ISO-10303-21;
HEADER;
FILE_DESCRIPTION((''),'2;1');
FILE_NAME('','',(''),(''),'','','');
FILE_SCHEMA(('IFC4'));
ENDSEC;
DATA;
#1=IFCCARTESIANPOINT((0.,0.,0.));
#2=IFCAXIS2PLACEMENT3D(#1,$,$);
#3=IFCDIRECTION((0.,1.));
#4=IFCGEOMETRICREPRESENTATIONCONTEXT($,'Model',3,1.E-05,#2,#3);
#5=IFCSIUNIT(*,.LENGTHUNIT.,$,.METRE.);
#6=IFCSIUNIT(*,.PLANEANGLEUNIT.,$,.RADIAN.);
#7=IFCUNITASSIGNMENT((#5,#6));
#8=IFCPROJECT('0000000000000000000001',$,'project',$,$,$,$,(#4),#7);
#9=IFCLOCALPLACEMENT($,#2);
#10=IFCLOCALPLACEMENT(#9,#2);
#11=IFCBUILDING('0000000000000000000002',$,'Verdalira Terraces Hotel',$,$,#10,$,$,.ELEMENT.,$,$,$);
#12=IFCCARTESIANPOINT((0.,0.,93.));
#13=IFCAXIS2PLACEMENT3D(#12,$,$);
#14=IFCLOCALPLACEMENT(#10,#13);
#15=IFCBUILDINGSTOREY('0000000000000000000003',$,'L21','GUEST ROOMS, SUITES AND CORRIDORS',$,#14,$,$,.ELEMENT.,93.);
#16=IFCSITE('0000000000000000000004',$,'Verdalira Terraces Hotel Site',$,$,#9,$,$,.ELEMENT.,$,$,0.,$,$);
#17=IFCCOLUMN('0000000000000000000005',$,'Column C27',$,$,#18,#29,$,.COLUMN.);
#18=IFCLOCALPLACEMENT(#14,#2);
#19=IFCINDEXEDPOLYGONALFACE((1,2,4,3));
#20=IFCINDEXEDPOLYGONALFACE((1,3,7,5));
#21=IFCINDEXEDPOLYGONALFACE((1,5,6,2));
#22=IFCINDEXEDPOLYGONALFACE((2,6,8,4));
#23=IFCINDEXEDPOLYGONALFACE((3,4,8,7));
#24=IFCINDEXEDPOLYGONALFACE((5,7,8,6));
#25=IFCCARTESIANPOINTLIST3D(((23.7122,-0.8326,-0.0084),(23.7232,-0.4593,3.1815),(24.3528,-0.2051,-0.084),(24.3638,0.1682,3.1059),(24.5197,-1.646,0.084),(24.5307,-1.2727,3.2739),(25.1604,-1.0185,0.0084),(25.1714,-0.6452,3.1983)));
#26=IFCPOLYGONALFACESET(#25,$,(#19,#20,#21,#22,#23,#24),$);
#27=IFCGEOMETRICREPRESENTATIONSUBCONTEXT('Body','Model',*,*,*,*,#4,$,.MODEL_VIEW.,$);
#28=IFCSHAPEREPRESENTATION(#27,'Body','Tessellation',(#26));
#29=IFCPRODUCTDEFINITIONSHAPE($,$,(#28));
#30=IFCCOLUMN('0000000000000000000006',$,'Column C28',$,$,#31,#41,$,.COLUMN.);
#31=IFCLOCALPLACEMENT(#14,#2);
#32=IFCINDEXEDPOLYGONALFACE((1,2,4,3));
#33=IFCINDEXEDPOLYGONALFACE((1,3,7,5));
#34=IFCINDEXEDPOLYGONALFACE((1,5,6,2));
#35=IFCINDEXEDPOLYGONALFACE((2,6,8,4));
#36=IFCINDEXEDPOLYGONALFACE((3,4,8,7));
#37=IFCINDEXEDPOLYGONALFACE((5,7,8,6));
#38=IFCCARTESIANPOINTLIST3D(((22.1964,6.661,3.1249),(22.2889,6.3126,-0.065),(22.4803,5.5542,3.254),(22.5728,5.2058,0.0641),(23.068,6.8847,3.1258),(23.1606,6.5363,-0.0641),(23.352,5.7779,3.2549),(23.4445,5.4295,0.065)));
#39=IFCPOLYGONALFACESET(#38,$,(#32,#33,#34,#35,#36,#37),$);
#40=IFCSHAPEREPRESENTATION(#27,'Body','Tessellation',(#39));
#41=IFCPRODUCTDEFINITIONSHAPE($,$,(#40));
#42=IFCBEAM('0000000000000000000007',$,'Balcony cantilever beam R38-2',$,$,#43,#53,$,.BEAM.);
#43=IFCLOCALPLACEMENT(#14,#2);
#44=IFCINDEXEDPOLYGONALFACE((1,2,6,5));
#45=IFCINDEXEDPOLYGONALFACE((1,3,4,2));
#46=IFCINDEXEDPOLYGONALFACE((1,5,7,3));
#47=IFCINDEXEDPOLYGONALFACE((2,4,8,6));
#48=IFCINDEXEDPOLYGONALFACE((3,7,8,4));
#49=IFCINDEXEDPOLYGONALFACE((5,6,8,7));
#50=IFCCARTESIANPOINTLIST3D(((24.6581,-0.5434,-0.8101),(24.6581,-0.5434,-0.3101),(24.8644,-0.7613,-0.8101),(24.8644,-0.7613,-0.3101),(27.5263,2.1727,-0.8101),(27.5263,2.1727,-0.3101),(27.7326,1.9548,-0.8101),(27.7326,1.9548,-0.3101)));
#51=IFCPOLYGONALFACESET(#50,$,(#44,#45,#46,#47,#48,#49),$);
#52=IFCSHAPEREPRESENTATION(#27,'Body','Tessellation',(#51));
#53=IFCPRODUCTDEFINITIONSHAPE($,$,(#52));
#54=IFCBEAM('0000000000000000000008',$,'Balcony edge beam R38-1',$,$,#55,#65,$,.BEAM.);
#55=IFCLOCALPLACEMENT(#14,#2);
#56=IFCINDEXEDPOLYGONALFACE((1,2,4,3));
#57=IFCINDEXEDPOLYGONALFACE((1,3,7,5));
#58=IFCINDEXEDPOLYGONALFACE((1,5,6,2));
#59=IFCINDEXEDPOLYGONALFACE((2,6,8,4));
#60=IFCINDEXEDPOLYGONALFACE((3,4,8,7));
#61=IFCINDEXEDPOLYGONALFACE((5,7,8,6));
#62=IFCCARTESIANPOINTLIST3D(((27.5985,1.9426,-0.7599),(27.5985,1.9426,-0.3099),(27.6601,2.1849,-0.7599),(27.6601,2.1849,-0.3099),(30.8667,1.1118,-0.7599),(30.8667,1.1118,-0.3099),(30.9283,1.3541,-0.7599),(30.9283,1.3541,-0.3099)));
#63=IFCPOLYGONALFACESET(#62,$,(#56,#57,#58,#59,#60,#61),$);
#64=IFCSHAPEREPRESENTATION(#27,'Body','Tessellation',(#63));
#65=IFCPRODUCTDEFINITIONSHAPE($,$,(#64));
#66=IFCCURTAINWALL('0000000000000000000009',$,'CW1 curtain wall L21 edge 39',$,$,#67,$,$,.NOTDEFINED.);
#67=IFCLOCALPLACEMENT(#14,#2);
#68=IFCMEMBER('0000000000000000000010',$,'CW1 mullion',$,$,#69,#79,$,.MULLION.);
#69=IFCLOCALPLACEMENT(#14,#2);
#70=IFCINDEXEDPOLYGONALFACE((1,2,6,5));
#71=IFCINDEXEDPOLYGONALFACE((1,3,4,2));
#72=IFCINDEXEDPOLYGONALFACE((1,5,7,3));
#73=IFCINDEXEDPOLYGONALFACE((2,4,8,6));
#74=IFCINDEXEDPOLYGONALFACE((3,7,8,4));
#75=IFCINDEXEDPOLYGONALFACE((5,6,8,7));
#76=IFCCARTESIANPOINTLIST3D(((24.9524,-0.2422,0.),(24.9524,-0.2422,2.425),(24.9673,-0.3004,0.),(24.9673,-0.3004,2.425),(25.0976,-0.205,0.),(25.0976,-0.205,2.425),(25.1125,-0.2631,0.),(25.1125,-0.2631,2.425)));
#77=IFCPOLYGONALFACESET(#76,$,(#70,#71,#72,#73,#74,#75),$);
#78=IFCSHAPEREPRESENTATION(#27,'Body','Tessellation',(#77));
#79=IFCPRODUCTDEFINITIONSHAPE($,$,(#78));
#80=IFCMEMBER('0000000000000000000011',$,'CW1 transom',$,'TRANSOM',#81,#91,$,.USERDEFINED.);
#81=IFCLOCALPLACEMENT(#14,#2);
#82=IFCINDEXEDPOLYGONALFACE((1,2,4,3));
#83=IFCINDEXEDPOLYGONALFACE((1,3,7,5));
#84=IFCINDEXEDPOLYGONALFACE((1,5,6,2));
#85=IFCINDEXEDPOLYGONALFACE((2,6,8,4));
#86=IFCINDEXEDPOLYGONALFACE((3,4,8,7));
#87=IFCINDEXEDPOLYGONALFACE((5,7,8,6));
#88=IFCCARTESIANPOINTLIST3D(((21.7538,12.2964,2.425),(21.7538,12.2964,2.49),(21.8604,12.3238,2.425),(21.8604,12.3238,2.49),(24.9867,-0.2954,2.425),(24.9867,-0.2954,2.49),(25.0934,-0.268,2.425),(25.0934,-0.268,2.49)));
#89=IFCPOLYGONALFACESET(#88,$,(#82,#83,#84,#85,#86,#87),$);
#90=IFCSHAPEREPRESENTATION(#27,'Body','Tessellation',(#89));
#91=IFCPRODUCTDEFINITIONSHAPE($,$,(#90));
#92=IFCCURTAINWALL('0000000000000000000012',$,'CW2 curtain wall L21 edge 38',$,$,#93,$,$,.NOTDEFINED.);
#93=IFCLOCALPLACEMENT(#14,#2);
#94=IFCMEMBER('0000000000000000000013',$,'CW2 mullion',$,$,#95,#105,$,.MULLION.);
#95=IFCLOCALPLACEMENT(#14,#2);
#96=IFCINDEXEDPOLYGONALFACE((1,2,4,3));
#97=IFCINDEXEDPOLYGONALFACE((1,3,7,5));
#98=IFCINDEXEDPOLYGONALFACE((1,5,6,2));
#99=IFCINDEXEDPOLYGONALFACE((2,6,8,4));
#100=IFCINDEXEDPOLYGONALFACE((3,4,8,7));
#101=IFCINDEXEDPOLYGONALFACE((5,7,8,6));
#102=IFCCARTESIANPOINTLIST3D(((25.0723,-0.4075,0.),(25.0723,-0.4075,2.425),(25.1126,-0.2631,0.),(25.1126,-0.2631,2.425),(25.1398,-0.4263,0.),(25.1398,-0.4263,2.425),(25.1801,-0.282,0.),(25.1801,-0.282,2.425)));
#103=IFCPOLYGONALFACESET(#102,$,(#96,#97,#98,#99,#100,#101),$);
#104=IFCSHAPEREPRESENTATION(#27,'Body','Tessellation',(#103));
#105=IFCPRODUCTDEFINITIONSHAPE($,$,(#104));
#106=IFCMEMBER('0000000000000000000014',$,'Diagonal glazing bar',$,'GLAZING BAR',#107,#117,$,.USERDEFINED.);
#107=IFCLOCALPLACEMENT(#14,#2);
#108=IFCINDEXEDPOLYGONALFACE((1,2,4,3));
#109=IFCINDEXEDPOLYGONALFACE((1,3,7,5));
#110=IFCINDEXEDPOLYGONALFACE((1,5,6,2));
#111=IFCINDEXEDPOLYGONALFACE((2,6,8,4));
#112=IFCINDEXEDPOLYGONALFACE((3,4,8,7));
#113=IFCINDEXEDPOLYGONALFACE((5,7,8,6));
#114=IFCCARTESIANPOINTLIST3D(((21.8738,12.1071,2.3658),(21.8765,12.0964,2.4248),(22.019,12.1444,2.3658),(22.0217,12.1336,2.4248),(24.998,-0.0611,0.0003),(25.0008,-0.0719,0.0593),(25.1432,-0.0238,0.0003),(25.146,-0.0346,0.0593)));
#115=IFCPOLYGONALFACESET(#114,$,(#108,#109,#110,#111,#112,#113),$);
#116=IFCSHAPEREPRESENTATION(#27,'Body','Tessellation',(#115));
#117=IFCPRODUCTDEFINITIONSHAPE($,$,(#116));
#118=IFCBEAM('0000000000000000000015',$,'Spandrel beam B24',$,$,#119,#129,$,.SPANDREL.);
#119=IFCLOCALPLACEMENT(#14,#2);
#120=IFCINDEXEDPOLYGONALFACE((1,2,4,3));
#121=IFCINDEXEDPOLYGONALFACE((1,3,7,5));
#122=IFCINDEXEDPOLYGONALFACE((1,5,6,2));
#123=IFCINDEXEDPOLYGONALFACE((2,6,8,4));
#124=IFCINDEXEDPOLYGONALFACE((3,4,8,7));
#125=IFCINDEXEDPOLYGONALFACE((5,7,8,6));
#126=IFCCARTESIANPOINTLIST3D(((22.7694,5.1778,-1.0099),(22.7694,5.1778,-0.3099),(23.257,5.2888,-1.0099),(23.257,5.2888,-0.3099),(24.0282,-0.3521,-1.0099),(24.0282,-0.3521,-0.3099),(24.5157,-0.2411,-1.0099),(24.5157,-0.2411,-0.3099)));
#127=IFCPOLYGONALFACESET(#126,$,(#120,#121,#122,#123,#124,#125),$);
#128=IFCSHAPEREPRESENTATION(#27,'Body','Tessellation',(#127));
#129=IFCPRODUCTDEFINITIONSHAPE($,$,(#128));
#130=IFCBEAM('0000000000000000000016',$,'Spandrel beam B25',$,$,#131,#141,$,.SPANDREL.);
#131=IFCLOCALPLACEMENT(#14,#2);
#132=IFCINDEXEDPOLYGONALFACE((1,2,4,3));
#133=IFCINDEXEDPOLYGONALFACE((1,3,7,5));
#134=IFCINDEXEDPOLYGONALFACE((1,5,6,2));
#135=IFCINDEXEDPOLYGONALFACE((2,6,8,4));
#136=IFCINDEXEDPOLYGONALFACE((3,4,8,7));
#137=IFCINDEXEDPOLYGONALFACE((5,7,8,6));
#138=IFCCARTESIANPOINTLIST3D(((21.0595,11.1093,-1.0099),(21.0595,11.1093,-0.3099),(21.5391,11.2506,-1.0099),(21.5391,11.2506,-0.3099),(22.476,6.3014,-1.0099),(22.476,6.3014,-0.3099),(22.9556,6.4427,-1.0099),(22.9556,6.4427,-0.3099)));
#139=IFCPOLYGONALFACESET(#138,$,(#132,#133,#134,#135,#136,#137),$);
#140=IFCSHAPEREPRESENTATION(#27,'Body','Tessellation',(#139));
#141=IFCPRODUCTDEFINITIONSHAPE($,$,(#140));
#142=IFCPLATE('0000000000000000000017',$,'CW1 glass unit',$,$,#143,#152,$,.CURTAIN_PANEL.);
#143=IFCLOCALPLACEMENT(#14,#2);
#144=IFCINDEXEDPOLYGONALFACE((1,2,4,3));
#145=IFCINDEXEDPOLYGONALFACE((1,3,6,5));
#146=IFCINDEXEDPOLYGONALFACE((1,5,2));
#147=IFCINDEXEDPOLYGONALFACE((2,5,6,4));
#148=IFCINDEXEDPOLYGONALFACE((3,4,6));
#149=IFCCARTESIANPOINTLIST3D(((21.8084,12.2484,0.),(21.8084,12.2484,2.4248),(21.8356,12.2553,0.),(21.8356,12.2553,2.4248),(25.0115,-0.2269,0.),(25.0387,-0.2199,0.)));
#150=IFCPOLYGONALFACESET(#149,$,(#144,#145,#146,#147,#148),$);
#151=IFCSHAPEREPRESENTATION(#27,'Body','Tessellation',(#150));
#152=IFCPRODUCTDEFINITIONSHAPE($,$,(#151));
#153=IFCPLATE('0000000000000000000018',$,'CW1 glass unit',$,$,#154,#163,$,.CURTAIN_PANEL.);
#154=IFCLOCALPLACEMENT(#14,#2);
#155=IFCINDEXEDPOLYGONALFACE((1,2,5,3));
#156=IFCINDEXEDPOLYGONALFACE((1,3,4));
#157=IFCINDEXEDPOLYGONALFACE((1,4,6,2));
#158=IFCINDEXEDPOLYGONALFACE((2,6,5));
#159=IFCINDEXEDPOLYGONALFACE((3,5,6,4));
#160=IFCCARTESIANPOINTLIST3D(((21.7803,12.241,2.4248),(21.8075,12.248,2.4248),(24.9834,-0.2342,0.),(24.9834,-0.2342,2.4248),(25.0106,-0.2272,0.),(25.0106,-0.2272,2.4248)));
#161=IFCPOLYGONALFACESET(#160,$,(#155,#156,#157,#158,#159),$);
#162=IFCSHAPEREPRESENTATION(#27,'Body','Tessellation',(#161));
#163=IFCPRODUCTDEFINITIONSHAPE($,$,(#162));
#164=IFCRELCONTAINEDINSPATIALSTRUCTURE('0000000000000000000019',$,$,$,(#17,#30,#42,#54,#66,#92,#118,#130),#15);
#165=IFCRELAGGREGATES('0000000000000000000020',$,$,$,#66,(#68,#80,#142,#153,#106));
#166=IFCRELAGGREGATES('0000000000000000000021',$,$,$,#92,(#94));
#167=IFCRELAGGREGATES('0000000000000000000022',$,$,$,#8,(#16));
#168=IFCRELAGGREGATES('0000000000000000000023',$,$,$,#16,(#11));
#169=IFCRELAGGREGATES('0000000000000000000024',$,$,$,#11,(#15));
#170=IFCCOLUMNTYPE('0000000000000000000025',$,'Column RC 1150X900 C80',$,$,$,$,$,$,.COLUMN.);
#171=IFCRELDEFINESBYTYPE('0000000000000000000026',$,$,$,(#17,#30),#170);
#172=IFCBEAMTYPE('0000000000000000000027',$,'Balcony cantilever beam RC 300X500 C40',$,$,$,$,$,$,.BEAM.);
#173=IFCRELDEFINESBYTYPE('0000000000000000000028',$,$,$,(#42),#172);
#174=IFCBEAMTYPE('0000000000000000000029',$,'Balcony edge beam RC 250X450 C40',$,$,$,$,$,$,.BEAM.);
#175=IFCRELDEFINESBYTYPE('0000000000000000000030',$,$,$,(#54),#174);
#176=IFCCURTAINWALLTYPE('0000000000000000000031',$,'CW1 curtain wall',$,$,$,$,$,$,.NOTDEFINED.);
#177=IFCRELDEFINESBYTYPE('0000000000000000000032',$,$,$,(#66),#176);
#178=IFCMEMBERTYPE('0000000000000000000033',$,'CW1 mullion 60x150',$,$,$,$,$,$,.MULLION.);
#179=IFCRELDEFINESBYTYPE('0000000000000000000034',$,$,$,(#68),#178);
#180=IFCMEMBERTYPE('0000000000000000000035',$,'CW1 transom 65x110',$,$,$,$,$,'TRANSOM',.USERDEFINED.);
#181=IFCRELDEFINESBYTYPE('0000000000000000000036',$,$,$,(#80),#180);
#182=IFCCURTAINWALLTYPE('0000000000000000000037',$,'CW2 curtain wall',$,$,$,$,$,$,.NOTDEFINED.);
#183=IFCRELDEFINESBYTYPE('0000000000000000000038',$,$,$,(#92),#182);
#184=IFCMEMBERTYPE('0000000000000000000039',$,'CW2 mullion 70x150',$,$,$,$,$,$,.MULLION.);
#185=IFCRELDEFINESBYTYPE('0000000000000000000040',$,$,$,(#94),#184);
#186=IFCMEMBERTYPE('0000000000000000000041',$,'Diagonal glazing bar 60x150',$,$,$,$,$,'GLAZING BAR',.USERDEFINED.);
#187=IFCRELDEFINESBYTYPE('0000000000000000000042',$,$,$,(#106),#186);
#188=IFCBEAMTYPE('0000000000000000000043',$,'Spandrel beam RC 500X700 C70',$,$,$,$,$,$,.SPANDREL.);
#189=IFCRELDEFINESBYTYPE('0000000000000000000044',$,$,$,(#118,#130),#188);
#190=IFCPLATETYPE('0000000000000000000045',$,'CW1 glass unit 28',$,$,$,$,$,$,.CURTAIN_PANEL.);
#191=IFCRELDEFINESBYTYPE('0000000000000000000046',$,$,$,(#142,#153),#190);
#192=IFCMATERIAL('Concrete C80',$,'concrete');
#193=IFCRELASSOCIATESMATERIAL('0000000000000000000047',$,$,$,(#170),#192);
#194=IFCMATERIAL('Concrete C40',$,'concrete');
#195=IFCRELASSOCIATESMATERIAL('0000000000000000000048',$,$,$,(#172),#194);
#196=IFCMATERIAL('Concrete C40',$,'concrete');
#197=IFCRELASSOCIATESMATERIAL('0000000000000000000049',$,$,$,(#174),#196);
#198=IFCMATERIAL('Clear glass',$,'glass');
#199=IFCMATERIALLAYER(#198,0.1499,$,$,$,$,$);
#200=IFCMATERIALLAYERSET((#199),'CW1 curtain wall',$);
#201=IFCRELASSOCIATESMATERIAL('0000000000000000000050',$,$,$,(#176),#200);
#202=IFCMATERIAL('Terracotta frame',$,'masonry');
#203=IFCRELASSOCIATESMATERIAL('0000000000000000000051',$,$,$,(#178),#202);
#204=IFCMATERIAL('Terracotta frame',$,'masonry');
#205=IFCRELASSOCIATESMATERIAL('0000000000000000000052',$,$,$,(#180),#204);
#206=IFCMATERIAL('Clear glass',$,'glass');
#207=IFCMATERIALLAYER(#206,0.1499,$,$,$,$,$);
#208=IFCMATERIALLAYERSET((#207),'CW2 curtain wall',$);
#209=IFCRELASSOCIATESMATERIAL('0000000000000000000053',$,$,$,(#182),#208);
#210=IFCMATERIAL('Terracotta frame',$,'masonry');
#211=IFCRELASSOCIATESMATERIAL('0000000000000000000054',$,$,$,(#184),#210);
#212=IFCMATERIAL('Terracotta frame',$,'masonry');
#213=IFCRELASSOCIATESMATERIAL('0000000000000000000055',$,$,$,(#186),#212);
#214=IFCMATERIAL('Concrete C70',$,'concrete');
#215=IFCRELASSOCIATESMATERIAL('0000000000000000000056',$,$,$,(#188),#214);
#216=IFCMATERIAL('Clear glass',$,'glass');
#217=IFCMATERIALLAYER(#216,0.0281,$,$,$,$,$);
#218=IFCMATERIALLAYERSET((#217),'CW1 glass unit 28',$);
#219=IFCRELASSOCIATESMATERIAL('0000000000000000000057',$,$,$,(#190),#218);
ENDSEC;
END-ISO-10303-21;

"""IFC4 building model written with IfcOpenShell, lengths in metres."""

from ifc_helpers import new_model, si_unit, direction, frame, origin, origin_2d, place, context, subcontext, project, spatial, polyline, rectangle, outline, extrude, material, layer, layer_set, material_profile, profile_set, type_object, element, aggregate, save


model = new_model("IFC4")

# Units and contexts
model_context = context("Model", 3, precision=1e-05, world=origin(), true_north=direction((0.0, 1.0)))
body_context = subcontext(model_context, "Body", "Model", "MODEL_VIEW")
ifc_project = project(units=[si_unit("LENGTHUNIT", "METRE"), si_unit("PLANEANGLEUNIT", "RADIAN")], contexts=[model_context])

# Site, building, storey
site_placement = place(None, origin())
site = spatial("IfcSite", under=ifc_project, at=site_placement, Name="Verdalira Terraces Hotel Site", CompositionType="ELEMENT", RefElevation=0.0)
building_placement = place(site_placement, origin())
building = spatial("IfcBuilding", under=site, at=building_placement, Name="Verdalira Terraces Hotel", CompositionType="ELEMENT")
storey_placement = place(building_placement, frame((0.0, 0.0, 93.0)))
storey = spatial("IfcBuildingStorey", under=building, at=storey_placement, Name="L21", Description="GUEST ROOMS, SUITES AND CORRIDORS", CompositionType="ELEMENT", Elevation=93.0)

# Columns
ifc_material_1 = material(Name="Concrete C80", Category="concrete")
ifc_material_profile_1 = material_profile(ifc_material_1, rectangle(XDim=1.1499, YDim=0.8999, at=origin_2d()), Name="RC 1150X900")
ifc_profile_set_1 = profile_set([ifc_material_profile_1], Name="Concrete C80")
column_type = type_object("IfcColumnType", Name="Column RC 1150X900 C80", PredefinedType="COLUMN", material=ifc_profile_set_1)
column_1_placement = place(storey_placement, frame((24.4363, -0.9255, 0.0), z_axis=(0.003421, 0.116227, 0.993217), x_axis=(0.702265, -0.707366, 0.080358)))
element("IfcColumn", 1, at=column_1_placement, inside=storey, type_object=column_type, Name="Column C27", PredefinedType="COLUMN", context=body_context, shape_type="SweptSolid", body=[
    extrude(rectangle(XDim=1.1499, YDim=0.8999, at=origin_2d()), origin(), (0.0, 0.0, 1.0), 3.2117),
])
column_2_placement = place(storey_placement, frame((22.8667, 5.8711, 0.0), z_axis=(-0.028823, 0.108524, 0.993676), x_axis=(-0.246911, 0.962511, -0.112282)))
element("IfcColumn", 2, at=column_2_placement, inside=storey, type_object=column_type, Name="Column C28", PredefinedType="COLUMN", context=body_context, shape_type="SweptSolid", body=[
    extrude(rectangle(XDim=1.1499, YDim=0.8999, at=origin_2d()), origin(), (0.0, 0.0, 1.0), 3.2102),
])

# Beams
ifc_material_2 = material(Name="Concrete C40", Category="concrete")
ifc_material_profile_2 = material_profile(ifc_material_2, rectangle(XDim=0.3, YDim=0.5, at=origin_2d()), Name="RC 300X500")
ifc_profile_set_2 = profile_set([ifc_material_profile_2], Name="Concrete C40")
beam_type_1 = type_object("IfcBeamType", Name="Balcony cantilever beam RC 300X500 C40", PredefinedType="BEAM", material=ifc_profile_set_2)
beam_1_placement = place(storey_placement, frame((24.7612, -0.6523, -0.5601), z_axis=(0.726097, 0.687592, 0.0), x_axis=(-0.687592, 0.726097, 0.0)))
element("IfcBeam", 3, at=beam_1_placement, inside=storey, type_object=beam_type_1, Name="Balcony cantilever beam R38-2", PredefinedType="BEAM", context=body_context, shape_type="SweptSolid", body=[
    extrude(rectangle(XDim=0.3, YDim=0.5, at=origin_2d()), origin(), (0.0, 0.0, 1.0), 3.9502),
])
ifc_material_3 = material(Name="Concrete C40", Category="concrete")
ifc_material_profile_3 = material_profile(ifc_material_3, rectangle(XDim=0.25, YDim=0.45, at=origin_2d()), Name="RC 250X450")
ifc_profile_set_3 = profile_set([ifc_material_profile_3], Name="Concrete C40")
beam_type_2 = type_object("IfcBeamType", Name="Balcony edge beam RC 250X450 C40", PredefinedType="BEAM", material=ifc_profile_set_3)
beam_2_placement = place(storey_placement, frame((30.8975, 1.2329, -0.5349), z_axis=(-0.969172, 0.246384, 0.0), x_axis=(-0.246384, -0.969172, 0.0)))
element("IfcBeam", 4, at=beam_2_placement, inside=storey, type_object=beam_type_2, Name="Balcony edge beam R38-1", PredefinedType="BEAM", context=body_context, shape_type="SweptSolid", body=[
    extrude(rectangle(XDim=0.25, YDim=0.45, at=origin_2d()), origin(), (0.0, 0.0, 1.0), 3.3721),
])

# Curtain wall, members
ifc_material_4 = material(Name="Clear glass", Category="glass")
ifc_layer_1 = layer(ifc_material_4, 0.1499)
ifc_layer_set_1 = layer_set([ifc_layer_1], Name="CW1 curtain wall")
curtain_wall_type_1 = type_object("IfcCurtainWallType", Name="CW1 curtain wall", PredefinedType="NOTDEFINED", material=ifc_layer_set_1)
curtain_wall_1_placement = place(storey_placement, origin())
curtain_wall_1 = element("IfcCurtainWall", 5, at=curtain_wall_1_placement, inside=storey, type_object=curtain_wall_type_1, Name="CW1 curtain wall L21 edge 39", PredefinedType="NOTDEFINED")
ifc_material_5 = material(Name="Terracotta frame", Category="masonry")
ifc_material_profile_4 = material_profile(ifc_material_5, rectangle(XDim=0.0601, YDim=0.1499, at=origin_2d()), Name="MU 60x150")
ifc_profile_set_4 = profile_set([ifc_material_profile_4], Name="Terracotta frame")
member_type_1 = type_object("IfcMemberType", Name="CW1 mullion 60x150", PredefinedType="MULLION", material=ifc_profile_set_4)
member_1_placement = place(storey_placement, frame((25.0325, -0.2527, 0.0), z_axis=(0.0, 0.0, 1.0), x_axis=(-0.24869, 0.968583, 0.0)))
member_1 = element("IfcMember", 6, at=member_1_placement, type_object=member_type_1, Name="CW1 mullion", PredefinedType="MULLION", context=body_context, shape_type="SweptSolid", body=[
    extrude(rectangle(XDim=0.0601, YDim=0.1499, at=origin_2d()), origin(), (0.0, 0.0, 1.0), 2.425),
])
ifc_material_6 = material(Name="Terracotta frame", Category="masonry")
ifc_material_profile_5 = material_profile(ifc_material_6, rectangle(XDim=0.1101, YDim=0.0649, at=origin_2d()), Name="TR 65x110")
ifc_profile_set_5 = profile_set([ifc_material_profile_5], Name="Terracotta frame")
member_type_2 = type_object("IfcMemberType", Name="CW1 transom 65x110", ElementType="TRANSOM", PredefinedType="USERDEFINED", material=ifc_profile_set_5)
member_2_placement = place(storey_placement, frame((25.04, -0.2817, 2.4575), z_axis=(-0.248682, 0.968585, 0.0), x_axis=(-0.968585, -0.248682, 0.0)))
member_2 = element("IfcMember", 7, at=member_2_placement, type_object=member_type_2, Name="CW1 transom", ObjectType="TRANSOM", PredefinedType="USERDEFINED", context=body_context, shape_type="SweptSolid", body=[
    extrude(rectangle(XDim=0.1101, YDim=0.0649, at=origin_2d()), origin(), (0.0, 0.0, 1.0), 13.0002),
])

# Curtain wall, member
ifc_material_7 = material(Name="Clear glass", Category="glass")
ifc_layer_2 = layer(ifc_material_7, 0.1499)
ifc_layer_set_2 = layer_set([ifc_layer_2], Name="CW2 curtain wall")
curtain_wall_type_2 = type_object("IfcCurtainWallType", Name="CW2 curtain wall", PredefinedType="NOTDEFINED", material=ifc_layer_set_2)
curtain_wall_2_placement = place(storey_placement, origin())
curtain_wall_2 = element("IfcCurtainWall", 8, at=curtain_wall_2_placement, inside=storey, type_object=curtain_wall_type_2, Name="CW2 curtain wall L21 edge 38", PredefinedType="NOTDEFINED")
ifc_material_8 = material(Name="Terracotta frame", Category="masonry")
ifc_material_profile_6 = material_profile(ifc_material_8, rectangle(XDim=0.0701, YDim=0.1499, at=origin_2d()), Name="MU 70x150")
ifc_profile_set_6 = profile_set([ifc_material_profile_6], Name="Terracotta frame")
member_type_3 = type_object("IfcMemberType", Name="CW2 mullion 70x150", PredefinedType="MULLION", material=ifc_profile_set_6)
member_3_placement = place(storey_placement, frame((25.1262, -0.3447, 0.0), z_axis=(0.0, 0.0, 1.0), x_axis=(-0.963163, 0.26892, 0.0)))
member_3 = element("IfcMember", 9, at=member_3_placement, type_object=member_type_3, Name="CW2 mullion", PredefinedType="MULLION", context=body_context, shape_type="SweptSolid", body=[
    extrude(rectangle(XDim=0.0701, YDim=0.1499, at=origin_2d()), origin(), (0.0, 0.0, 1.0), 2.425),
])

# Member
ifc_material_9 = material(Name="Terracotta frame", Category="masonry")
ifc_material_profile_7 = material_profile(ifc_material_9, rectangle(XDim=0.1499, YDim=0.0601, at=origin_2d()), Name="GB 60x150")
ifc_profile_set_7 = profile_set([ifc_material_profile_7], Name="Terracotta frame")
member_type_4 = type_object("IfcMemberType", Name="Diagonal glazing bar 60x150", ElementType="GLAZING BAR", PredefinedType="USERDEFINED", material=ifc_profile_set_7)
member_4_placement = place(storey_placement, frame((25.072, -0.0479, 0.0298), z_axis=(-0.244395, 0.951857, 0.185039), x_axis=(-0.968583, -0.24869, 0.0)))
member_4 = element("IfcMember", 10, at=member_4_placement, type_object=member_type_4, Name="Diagonal glazing bar", ObjectType="GLAZING BAR", PredefinedType="USERDEFINED", context=body_context, shape_type="SweptSolid", body=[
    extrude(rectangle(XDim=0.1499, YDim=0.0601, at=origin_2d()), origin(), (0.0, 0.0, 1.0), 12.7837),
])

# Beams
ifc_material_10 = material(Name="Concrete C70", Category="concrete")
ifc_material_profile_8 = material_profile(ifc_material_10, rectangle(XDim=0.5, YDim=0.7, at=origin_2d()), Name="RC 500X700")
ifc_profile_set_8 = profile_set([ifc_material_profile_8], Name="Concrete C70")
beam_type_3 = type_object("IfcBeamType", Name="Spandrel beam RC 500X700 C70", PredefinedType="SPANDREL", material=ifc_profile_set_8)
beam_3_placement = place(storey_placement, frame((24.272, -0.2966, -0.6599), z_axis=(-0.22195, 0.975058, 0.0), x_axis=(-0.975058, -0.22195, 0.0)))
element("IfcBeam", 11, at=beam_3_placement, inside=storey, type_object=beam_type_3, Name="Spandrel beam B24", PredefinedType="SPANDREL", context=body_context, shape_type="SweptSolid", body=[
    extrude(rectangle(XDim=0.5, YDim=0.7, at=origin_2d()), origin(), (0.0, 0.0, 1.0), 5.6714),
])
beam_4_placement = place(storey_placement, frame((22.7158, 6.3721, -0.6599), z_axis=(-0.282612, 0.959234, 0.0), x_axis=(-0.959234, -0.282612, 0.0)))
element("IfcBeam", 12, at=beam_4_placement, inside=storey, type_object=beam_type_3, Name="Spandrel beam B25", PredefinedType="SPANDREL", context=body_context, shape_type="SweptSolid", body=[
    extrude(rectangle(XDim=0.5, YDim=0.7, at=origin_2d()), origin(), (0.0, 0.0, 1.0), 5.0122),
])

# Plates
ifc_material_11 = material(Name="Clear glass", Category="glass")
ifc_layer_3 = layer(ifc_material_11, 0.0281)
ifc_layer_set_3 = layer_set([ifc_layer_3], Name="CW1 glass unit 28")
plate_type_1 = type_object("IfcPlateType", Name="CW1 glass unit 28", PredefinedType="CURTAIN_PANEL", material=ifc_layer_set_3)
plate_1_placement = place(storey_placement, frame((23.4099, 6.0107, 1.2124), z_axis=(0.968583, 0.24869, 0.0), x_axis=(-0.24869, 0.968583, 0.0)))
plate_1 = element("IfcPlate", 13, at=plate_1_placement, type_object=plate_type_1, Name="CW1 glass unit", PredefinedType="CURTAIN_PANEL", context=body_context, shape_type="SweptSolid", body=[
    extrude(outline(polyline([(-6.4399, -1.2124), (6.4399, -1.2124), (6.4399, 1.2124), (-6.4399, -1.2124)])), origin(), (0.0, 0.0, 1.0), 0.0281),
])
plate_2_placement = place(storey_placement, frame((23.3818, 6.0034, 1.2124), z_axis=(0.968583, 0.24869, 0.0), x_axis=(-0.24869, 0.968583, 0.0)))
plate_2 = element("IfcPlate", 14, at=plate_2_placement, type_object=plate_type_1, Name="CW1 glass unit", PredefinedType="CURTAIN_PANEL", context=body_context, shape_type="SweptSolid", body=[
    extrude(outline(polyline([(-6.4399, -1.2124), (6.4399, 1.2124), (-6.4399, 1.2124), (-6.4399, -1.2124)])), origin(), (0.0, 0.0, 1.0), 0.0281),
])
aggregate(curtain_wall_1, [member_1, member_2, plate_1, plate_2, member_4])
aggregate(curtain_wall_2, [member_3])

save(model, "model.ifc")
